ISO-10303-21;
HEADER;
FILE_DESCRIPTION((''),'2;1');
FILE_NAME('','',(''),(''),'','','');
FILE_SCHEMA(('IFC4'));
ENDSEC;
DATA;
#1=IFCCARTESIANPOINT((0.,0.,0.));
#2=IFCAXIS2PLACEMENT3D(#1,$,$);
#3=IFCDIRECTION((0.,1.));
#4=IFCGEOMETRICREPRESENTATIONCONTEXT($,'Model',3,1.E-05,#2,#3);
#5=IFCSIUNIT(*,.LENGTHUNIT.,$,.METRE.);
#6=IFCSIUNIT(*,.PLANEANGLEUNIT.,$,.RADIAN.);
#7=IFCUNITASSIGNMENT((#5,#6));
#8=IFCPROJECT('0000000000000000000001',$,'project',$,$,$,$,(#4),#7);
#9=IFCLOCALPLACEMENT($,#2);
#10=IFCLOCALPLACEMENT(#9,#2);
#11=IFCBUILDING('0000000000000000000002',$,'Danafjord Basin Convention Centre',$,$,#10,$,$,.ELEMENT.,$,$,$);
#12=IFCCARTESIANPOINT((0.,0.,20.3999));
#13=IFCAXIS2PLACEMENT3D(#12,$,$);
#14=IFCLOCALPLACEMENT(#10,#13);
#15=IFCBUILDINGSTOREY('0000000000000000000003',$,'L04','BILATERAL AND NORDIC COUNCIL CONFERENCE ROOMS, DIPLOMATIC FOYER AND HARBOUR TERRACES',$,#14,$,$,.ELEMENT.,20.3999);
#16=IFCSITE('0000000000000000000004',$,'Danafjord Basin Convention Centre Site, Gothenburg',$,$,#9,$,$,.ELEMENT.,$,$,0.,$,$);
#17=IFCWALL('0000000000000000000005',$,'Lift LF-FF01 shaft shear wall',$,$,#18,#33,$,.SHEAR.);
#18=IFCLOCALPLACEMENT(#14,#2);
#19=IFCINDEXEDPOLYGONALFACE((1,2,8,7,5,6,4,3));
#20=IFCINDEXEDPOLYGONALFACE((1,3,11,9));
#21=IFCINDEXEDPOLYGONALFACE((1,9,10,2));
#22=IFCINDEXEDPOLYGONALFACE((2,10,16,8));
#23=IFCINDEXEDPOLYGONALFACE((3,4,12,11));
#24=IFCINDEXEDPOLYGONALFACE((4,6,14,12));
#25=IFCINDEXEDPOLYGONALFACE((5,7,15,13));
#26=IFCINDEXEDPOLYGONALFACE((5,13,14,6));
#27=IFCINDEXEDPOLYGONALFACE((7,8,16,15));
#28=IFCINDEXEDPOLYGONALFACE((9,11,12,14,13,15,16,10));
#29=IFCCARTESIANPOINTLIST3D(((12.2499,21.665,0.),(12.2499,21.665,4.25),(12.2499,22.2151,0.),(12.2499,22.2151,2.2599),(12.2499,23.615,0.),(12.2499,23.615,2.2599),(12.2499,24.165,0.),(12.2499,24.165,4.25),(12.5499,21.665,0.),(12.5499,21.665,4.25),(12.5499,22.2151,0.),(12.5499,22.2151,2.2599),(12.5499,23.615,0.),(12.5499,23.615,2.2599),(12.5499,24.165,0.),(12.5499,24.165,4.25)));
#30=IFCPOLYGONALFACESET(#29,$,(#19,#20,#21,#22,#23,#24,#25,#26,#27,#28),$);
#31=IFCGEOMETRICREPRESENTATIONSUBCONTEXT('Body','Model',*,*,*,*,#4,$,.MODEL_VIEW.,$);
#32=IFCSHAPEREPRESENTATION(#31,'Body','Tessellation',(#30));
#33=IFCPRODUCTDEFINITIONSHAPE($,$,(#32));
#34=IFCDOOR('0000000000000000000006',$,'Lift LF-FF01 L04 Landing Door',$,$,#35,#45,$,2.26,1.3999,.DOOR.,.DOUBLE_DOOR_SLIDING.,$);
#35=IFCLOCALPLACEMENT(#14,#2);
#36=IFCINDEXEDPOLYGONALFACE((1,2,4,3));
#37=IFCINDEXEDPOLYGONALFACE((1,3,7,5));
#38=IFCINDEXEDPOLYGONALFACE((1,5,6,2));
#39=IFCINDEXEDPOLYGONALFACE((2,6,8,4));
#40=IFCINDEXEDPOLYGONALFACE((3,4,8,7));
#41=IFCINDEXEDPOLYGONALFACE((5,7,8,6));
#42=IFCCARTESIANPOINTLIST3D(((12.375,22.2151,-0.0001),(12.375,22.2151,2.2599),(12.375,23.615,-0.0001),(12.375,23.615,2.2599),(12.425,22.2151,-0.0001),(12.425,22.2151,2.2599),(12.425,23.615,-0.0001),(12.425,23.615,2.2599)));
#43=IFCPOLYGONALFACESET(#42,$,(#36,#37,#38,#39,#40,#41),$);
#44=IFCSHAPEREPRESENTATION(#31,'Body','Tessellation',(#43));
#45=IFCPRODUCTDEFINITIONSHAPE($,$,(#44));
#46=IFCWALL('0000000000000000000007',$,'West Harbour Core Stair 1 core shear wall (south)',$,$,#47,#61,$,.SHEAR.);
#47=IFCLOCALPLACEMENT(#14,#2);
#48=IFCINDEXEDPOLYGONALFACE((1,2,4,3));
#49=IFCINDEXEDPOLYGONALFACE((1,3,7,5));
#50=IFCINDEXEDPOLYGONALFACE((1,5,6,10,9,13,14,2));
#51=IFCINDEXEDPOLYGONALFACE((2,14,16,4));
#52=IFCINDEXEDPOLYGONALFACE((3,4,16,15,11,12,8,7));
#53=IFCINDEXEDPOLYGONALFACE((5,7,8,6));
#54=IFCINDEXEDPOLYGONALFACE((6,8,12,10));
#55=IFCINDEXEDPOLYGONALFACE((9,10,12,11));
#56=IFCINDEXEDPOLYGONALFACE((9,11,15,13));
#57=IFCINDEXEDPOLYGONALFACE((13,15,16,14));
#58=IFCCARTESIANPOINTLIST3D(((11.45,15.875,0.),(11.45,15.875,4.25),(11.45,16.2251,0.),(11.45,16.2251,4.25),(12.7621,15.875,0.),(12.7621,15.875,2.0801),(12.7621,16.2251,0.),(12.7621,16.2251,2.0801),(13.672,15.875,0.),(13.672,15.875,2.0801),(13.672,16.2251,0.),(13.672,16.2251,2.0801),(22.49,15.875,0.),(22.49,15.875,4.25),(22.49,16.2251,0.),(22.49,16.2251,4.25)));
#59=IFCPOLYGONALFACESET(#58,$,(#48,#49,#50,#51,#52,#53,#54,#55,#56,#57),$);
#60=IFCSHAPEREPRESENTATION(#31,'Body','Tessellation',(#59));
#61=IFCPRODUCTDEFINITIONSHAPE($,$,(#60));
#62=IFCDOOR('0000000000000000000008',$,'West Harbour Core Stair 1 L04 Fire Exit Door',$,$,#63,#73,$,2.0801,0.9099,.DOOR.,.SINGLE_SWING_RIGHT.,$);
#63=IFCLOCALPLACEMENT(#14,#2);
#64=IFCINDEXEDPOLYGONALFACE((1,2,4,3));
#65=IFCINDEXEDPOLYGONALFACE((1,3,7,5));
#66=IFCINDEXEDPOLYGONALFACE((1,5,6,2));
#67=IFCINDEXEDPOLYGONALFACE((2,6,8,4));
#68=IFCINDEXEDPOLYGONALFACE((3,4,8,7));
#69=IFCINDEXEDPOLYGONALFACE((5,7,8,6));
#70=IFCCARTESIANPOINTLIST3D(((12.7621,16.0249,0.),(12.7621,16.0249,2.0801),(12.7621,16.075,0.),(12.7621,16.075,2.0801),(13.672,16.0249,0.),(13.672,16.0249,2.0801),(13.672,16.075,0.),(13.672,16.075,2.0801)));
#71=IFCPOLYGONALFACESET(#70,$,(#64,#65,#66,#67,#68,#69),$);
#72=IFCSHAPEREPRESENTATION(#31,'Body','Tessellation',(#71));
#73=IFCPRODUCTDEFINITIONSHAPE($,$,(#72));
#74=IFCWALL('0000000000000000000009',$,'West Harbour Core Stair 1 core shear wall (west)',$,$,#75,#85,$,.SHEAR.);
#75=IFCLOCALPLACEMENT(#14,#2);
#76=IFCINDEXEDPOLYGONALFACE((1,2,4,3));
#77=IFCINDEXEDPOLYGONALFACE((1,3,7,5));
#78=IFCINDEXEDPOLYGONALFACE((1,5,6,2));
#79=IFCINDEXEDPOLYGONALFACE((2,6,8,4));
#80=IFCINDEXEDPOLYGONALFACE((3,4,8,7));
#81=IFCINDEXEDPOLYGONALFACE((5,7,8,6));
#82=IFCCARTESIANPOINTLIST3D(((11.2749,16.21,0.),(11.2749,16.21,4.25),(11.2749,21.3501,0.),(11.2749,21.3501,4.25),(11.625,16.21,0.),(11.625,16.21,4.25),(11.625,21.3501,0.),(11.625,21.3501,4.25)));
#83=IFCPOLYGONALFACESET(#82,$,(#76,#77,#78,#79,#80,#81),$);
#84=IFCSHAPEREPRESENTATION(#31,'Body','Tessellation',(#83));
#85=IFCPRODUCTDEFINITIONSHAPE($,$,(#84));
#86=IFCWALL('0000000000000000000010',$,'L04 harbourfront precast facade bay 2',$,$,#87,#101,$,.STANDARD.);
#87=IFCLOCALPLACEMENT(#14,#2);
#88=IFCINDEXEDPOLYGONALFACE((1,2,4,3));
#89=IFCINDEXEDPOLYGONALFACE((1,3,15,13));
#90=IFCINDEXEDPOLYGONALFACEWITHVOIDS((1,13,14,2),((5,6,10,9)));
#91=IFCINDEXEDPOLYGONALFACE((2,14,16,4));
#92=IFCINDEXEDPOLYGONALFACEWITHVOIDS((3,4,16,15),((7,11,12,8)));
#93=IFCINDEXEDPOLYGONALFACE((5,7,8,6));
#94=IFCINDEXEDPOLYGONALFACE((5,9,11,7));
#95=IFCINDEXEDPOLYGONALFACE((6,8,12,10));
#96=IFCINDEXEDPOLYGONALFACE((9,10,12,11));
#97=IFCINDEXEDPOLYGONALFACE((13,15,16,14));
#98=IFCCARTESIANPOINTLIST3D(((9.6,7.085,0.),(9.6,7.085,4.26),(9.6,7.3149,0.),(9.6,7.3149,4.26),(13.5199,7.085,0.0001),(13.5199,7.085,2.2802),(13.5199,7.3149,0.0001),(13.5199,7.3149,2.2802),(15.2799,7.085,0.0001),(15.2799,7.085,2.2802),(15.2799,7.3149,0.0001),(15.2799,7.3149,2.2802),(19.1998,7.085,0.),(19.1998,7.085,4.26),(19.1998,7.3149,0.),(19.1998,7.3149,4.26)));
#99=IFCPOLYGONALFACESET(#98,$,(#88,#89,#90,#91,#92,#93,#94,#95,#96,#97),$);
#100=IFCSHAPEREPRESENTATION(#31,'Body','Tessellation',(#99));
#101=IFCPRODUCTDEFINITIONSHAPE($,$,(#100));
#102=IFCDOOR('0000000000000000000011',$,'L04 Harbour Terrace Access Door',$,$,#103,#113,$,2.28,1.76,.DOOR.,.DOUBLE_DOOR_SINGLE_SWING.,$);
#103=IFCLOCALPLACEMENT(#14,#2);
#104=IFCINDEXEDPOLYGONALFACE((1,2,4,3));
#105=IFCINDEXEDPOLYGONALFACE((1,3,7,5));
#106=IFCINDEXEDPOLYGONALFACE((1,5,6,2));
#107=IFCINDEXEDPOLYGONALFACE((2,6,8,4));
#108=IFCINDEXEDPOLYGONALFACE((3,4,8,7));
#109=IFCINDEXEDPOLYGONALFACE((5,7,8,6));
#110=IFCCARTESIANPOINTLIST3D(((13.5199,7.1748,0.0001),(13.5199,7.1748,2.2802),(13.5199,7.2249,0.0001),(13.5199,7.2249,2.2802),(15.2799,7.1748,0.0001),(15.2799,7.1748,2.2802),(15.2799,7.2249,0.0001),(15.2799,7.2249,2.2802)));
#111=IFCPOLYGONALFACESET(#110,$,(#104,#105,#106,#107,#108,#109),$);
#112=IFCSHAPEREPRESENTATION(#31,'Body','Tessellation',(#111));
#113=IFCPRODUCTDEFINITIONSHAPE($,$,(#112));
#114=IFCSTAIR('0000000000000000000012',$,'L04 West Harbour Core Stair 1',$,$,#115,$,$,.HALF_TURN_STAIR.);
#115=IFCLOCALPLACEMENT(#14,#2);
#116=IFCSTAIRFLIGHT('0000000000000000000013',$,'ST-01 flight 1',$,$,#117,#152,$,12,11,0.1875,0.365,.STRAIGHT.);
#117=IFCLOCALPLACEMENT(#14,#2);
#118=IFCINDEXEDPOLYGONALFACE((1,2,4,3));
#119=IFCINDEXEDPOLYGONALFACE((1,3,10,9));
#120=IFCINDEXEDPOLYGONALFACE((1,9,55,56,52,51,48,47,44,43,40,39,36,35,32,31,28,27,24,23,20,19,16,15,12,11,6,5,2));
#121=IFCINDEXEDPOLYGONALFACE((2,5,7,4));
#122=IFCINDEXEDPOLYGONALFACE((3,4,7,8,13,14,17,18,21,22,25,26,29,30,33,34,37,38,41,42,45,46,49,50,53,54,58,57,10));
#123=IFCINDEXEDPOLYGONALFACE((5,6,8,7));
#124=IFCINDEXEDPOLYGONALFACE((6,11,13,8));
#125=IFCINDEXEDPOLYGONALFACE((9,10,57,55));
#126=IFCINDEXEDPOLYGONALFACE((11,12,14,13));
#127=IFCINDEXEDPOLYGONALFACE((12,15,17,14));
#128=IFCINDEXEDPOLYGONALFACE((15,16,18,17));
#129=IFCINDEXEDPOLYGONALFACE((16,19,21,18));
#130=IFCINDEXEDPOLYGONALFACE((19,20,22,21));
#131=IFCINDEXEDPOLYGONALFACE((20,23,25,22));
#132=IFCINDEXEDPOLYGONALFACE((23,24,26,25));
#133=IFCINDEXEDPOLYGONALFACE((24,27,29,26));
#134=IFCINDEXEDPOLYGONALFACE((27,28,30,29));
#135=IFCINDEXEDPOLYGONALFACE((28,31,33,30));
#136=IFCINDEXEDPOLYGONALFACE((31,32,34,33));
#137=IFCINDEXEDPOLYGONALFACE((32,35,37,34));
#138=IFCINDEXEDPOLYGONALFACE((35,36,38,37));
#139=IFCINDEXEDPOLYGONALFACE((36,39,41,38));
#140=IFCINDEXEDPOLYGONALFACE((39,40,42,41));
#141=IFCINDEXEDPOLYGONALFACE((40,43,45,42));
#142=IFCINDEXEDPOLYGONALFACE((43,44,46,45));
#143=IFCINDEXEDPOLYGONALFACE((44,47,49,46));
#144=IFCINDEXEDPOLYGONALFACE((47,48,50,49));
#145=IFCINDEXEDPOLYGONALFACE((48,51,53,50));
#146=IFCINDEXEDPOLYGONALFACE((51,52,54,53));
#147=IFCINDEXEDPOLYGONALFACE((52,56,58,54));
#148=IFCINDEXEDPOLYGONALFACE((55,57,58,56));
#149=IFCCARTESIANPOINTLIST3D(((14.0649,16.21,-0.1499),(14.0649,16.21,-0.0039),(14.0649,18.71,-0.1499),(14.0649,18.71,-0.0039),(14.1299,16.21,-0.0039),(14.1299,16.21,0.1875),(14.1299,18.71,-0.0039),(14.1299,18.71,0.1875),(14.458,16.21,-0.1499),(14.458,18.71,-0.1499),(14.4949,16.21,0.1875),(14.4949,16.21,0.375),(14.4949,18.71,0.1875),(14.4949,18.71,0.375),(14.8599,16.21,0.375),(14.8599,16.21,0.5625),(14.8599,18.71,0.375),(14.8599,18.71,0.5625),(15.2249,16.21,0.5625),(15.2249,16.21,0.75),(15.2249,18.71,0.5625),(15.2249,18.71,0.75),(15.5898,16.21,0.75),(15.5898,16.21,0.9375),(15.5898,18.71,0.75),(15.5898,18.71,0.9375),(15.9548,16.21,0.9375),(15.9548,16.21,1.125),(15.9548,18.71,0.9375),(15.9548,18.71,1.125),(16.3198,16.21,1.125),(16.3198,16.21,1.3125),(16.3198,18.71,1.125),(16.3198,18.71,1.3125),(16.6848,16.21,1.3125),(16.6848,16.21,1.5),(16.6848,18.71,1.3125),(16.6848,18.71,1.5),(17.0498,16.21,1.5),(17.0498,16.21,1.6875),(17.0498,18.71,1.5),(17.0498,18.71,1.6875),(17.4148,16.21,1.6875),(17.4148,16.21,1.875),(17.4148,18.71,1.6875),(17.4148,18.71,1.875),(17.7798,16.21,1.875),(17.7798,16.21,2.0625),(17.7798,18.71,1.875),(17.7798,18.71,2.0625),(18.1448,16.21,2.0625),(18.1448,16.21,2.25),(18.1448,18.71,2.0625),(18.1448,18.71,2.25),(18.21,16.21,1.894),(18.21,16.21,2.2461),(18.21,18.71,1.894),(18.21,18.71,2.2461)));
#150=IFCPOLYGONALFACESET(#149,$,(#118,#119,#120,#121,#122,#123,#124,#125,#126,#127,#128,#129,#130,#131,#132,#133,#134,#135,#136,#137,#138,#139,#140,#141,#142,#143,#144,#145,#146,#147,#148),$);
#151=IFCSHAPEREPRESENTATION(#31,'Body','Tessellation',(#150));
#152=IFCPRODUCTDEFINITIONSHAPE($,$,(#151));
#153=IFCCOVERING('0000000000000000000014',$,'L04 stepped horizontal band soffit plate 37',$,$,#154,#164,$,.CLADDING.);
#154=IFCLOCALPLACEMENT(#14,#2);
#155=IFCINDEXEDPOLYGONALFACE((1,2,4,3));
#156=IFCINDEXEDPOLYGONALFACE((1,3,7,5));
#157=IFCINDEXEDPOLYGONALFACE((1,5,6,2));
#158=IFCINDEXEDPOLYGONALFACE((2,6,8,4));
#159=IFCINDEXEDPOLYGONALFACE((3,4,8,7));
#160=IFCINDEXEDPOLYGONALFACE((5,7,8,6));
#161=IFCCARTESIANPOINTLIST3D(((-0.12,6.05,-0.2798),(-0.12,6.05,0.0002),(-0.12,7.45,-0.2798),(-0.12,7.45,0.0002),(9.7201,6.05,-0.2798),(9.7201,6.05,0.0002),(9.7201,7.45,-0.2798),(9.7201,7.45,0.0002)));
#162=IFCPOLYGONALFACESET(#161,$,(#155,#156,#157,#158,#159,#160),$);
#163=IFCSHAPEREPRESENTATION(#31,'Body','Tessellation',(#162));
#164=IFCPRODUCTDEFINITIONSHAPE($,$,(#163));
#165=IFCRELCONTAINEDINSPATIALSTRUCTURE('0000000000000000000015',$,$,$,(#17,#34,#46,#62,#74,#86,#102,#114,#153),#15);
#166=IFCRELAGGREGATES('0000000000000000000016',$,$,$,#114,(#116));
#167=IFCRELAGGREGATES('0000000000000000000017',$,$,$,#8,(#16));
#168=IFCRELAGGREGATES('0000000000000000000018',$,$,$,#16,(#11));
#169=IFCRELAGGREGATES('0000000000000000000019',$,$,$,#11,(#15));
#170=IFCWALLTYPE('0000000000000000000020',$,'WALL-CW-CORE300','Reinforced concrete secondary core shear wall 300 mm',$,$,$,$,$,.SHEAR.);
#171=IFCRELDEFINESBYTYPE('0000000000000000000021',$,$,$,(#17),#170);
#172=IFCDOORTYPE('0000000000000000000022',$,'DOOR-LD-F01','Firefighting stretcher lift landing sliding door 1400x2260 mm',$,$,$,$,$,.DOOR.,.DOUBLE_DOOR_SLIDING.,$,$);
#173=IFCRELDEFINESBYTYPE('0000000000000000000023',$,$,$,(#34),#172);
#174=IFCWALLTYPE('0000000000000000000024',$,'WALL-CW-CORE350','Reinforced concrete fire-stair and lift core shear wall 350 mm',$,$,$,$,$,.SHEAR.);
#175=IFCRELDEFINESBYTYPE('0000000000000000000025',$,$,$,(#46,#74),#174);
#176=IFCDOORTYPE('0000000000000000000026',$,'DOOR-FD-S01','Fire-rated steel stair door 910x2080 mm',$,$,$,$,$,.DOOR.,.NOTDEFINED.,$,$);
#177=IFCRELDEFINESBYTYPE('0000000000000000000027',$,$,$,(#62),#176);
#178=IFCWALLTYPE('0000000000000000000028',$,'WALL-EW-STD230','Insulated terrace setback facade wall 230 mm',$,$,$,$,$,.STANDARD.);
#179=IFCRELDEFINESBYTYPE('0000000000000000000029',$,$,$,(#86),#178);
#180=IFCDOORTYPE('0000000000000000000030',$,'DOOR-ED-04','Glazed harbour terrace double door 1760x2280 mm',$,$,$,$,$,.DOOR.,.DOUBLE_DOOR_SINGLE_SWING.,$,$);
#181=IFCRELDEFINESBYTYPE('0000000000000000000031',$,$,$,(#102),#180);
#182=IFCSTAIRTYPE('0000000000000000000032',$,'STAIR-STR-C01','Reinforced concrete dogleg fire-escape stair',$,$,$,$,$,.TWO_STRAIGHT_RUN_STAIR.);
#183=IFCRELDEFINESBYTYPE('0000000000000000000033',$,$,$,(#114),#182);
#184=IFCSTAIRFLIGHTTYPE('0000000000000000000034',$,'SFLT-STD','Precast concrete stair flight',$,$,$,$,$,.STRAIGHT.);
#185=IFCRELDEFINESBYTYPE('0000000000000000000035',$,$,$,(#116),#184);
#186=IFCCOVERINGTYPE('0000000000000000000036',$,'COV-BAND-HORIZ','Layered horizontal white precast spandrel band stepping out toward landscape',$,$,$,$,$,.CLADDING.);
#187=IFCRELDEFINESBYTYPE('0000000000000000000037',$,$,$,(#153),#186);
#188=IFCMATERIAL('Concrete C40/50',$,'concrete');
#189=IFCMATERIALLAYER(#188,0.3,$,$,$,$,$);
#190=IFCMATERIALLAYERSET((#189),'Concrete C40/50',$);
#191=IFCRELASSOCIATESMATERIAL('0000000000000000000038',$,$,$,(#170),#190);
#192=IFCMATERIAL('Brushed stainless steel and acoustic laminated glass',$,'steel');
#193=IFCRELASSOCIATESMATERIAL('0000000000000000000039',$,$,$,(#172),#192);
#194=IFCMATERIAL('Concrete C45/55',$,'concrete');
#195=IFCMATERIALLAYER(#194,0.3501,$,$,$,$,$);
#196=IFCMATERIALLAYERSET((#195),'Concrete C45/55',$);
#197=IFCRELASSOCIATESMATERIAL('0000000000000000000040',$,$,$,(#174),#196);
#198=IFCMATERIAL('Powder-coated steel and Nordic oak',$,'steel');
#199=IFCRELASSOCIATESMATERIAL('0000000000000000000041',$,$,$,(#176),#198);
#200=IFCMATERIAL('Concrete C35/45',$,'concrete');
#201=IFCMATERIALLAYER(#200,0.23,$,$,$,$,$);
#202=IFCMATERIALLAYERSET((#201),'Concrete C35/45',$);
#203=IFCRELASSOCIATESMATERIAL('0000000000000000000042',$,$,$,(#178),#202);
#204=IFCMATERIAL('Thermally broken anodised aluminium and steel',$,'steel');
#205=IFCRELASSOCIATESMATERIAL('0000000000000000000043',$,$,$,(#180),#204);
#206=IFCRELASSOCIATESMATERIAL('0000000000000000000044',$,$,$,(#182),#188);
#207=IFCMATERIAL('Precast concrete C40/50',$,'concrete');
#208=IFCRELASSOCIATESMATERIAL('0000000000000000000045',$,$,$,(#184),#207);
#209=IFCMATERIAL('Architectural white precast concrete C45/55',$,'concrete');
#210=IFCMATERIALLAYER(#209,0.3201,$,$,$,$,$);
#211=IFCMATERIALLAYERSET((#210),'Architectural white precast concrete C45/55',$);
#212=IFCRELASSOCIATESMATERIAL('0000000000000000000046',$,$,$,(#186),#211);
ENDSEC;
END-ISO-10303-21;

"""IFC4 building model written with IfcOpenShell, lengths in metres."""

from ifc_helpers import new_model, si_unit, direction, frame, frame_2d, origin, origin_2d, place, context, subcontext, project, spatial, polyline, rectangle, outline, extrude, material, layer, layer_set, type_object, element, fill, aggregate, save


model = new_model("IFC4")

# Units and contexts
model_context = context("Model", 3, precision=1e-05, world=origin(), true_north=direction((0.0, 1.0)))
body_context = subcontext(model_context, "Body", "Model", "MODEL_VIEW")
ifc_project = project(units=[si_unit("LENGTHUNIT", "METRE"), si_unit("PLANEANGLEUNIT", "RADIAN")], contexts=[model_context])

# Site, building, storey
site_placement = place(None, origin())
site = spatial("IfcSite", under=ifc_project, at=site_placement, Name="Danafjord Basin Convention Centre Site, Gothenburg", CompositionType="ELEMENT", RefElevation=0.0)
building_placement = place(site_placement, origin())
building = spatial("IfcBuilding", under=site, at=building_placement, Name="Danafjord Basin Convention Centre", CompositionType="ELEMENT")
storey_placement = place(building_placement, frame((0.0, 0.0, 20.3999)))
storey = spatial("IfcBuildingStorey", under=building, at=storey_placement, Name="L04", Description="BILATERAL AND NORDIC COUNCIL CONFERENCE ROOMS, DIPLOMATIC FOYER AND HARBOUR TERRACES", CompositionType="ELEMENT", Elevation=20.3999)

# Shared definitions
ifc_material_1 = material(Name="Concrete C40/50", Category="concrete")
ifc_layer_1 = layer(ifc_material_1, 0.3)
ifc_layer_set_1 = layer_set([ifc_layer_1], Name="Concrete C40/50")
wall_type_1 = type_object("IfcWallType", Name="WALL-CW-CORE300", Description="Reinforced concrete secondary core shear wall 300 mm", PredefinedType="SHEAR", material=ifc_layer_set_1)

# Walls, openings, doors
wall_1_placement = place(storey_placement, frame((12.3999, 21.665, 0.0), z_axis=(0.0, 0.0, 1.0), x_axis=(0.0, 1.0, 0.0)))
wall_1 = element("IfcWall", 1, at=wall_1_placement, inside=storey, type_object=wall_type_1, Name="Lift LF-FF01 shaft shear wall", PredefinedType="SHEAR", context=body_context, shape_type="SweptSolid", body=[
    extrude(rectangle(XDim=2.5, YDim=0.3, at=frame_2d((1.25, 0.0))), origin(), (0.0, 0.0, 1.0), 4.25),
])
opening_1_placement = place(wall_1_placement, frame((0.55, 0.0, 0.0)))
opening_1 = element("IfcOpeningElement", 2, at=opening_1_placement, cuts=wall_1, PredefinedType="OPENING", context=body_context, shape_type="SweptSolid", body=[
    extrude(rectangle(XDim=1.3999, YDim=2.26, at=frame_2d((0.7, 1.1299))), frame((0.0, 0.1599, 0.0), z_axis=(0.0, -1.0, 0.0), x_axis=(1.0, 0.0, 0.0)), (0.0, 0.0, 1.0), 0.3201),
])
ifc_material_2 = material(Name="Brushed stainless steel and acoustic laminated glass", Category="steel")
door_type_1 = type_object("IfcDoorType", Name="DOOR-LD-F01", Description="Firefighting stretcher lift landing sliding door 1400x2260 mm", OperationType="DOUBLE_DOOR_SLIDING", PredefinedType="DOOR", material=ifc_material_2)
door_1_placement = place(opening_1_placement, origin())
door_1 = element("IfcDoor", 3, at=door_1_placement, inside=storey, type_object=door_type_1, Name="Lift LF-FF01 L04 Landing Door", OperationType="DOUBLE_DOOR_SLIDING", OverallHeight=2.26, OverallWidth=1.3999, PredefinedType="DOOR", context=body_context, shape_type="SweptSolid", body=[
    extrude(rectangle(XDim=1.3999, YDim=2.26, at=frame_2d((0.7, 1.1299))), frame((0.0, 0.0249, 0.0), z_axis=(0.0, -1.0, 0.0), x_axis=(1.0, 0.0, 0.0)), (0.0, 0.0, 1.0), 0.05),
])
fill(opening_1, door_1)
ifc_material_3 = material(Name="Concrete C45/55", Category="concrete")
ifc_layer_2 = layer(ifc_material_3, 0.3501)
ifc_layer_set_2 = layer_set([ifc_layer_2], Name="Concrete C45/55")
wall_type_2 = type_object("IfcWallType", Name="WALL-CW-CORE350", Description="Reinforced concrete fire-stair and lift core shear wall 350 mm", PredefinedType="SHEAR", material=ifc_layer_set_2)
wall_2_placement = place(storey_placement, frame((11.45, 16.05, 0.0), z_axis=(0.0, 0.0, 1.0), x_axis=(1.0, 0.0, 0.0)))
wall_2 = element("IfcWall", 4, at=wall_2_placement, inside=storey, type_object=wall_type_2, Name="West Harbour Core Stair 1 core shear wall (south)", PredefinedType="SHEAR", context=body_context, shape_type="SweptSolid", body=[
    extrude(rectangle(XDim=11.04, YDim=0.3501, at=frame_2d((5.52, 0.0))), origin(), (0.0, 0.0, 1.0), 4.25),
])
opening_2_placement = place(wall_2_placement, frame((1.312, 0.0, 0.0)))
opening_2 = element("IfcOpeningElement", 5, at=opening_2_placement, cuts=wall_2, PredefinedType="OPENING", context=body_context, shape_type="SweptSolid", body=[
    extrude(rectangle(XDim=0.9099, YDim=2.0801, at=frame_2d((0.4551, 1.04))), frame((0.0, 0.1851, 0.0), z_axis=(0.0, -1.0, 0.0), x_axis=(1.0, 0.0, 0.0)), (0.0, 0.0, 1.0), 0.3701),
])
ifc_material_4 = material(Name="Powder-coated steel and Nordic oak", Category="steel")
door_type_2 = type_object("IfcDoorType", Name="DOOR-FD-S01", Description="Fire-rated steel stair door 910x2080 mm", OperationType="NOTDEFINED", PredefinedType="DOOR", material=ifc_material_4)
door_2_placement = place(opening_2_placement, origin())
door_2 = element("IfcDoor", 6, at=door_2_placement, inside=storey, type_object=door_type_2, Name="West Harbour Core Stair 1 L04 Fire Exit Door", OperationType="SINGLE_SWING_RIGHT", OverallHeight=2.0801, OverallWidth=0.9099, PredefinedType="DOOR", context=body_context, shape_type="SweptSolid", body=[
    extrude(rectangle(XDim=0.9099, YDim=2.0801, at=frame_2d((0.4551, 1.04))), frame((0.0, 0.0249, 0.0), z_axis=(0.0, -1.0, 0.0), x_axis=(1.0, 0.0, 0.0)), (0.0, 0.0, 1.0), 0.05),
])
fill(opening_2, door_2)

# Wall
wall_3_placement = place(storey_placement, frame((11.45, 21.3501, 0.0), z_axis=(0.0, 0.0, 1.0), x_axis=(0.0, -1.0, 0.0)))
element("IfcWall", 7, at=wall_3_placement, inside=storey, type_object=wall_type_2, Name="West Harbour Core Stair 1 core shear wall (west)", PredefinedType="SHEAR", context=body_context, shape_type="SweptSolid", body=[
    extrude(rectangle(XDim=5.1401, YDim=0.3501, at=frame_2d((2.5701, 0.0))), origin(), (0.0, 0.0, 1.0), 4.25),
])

# Wall, opening, door
ifc_material_5 = material(Name="Concrete C35/45", Category="concrete")
ifc_layer_3 = layer(ifc_material_5, 0.23)
ifc_layer_set_3 = layer_set([ifc_layer_3], Name="Concrete C35/45")
wall_type_3 = type_object("IfcWallType", Name="WALL-EW-STD230", Description="Insulated terrace setback facade wall 230 mm", PredefinedType="STANDARD", material=ifc_layer_set_3)
wall_4_placement = place(storey_placement, frame((9.6001, 7.2, 0.0), z_axis=(0.0, 0.0, 1.0), x_axis=(1.0, 0.0, 0.0)))
wall_4 = element("IfcWall", 8, at=wall_4_placement, inside=storey, type_object=wall_type_3, Name="L04 harbourfront precast facade bay 2", PredefinedType="STANDARD", context=body_context, shape_type="SweptSolid", body=[
    extrude(rectangle(XDim=9.5999, YDim=0.23, at=frame_2d((4.7998, 0.0))), origin(), (0.0, 0.0, 1.0), 4.26),
])
opening_3_placement = place(wall_4_placement, frame((3.9199, 0.0, 0.0)))
opening_3 = element("IfcOpeningElement", 9, at=opening_3_placement, cuts=wall_4, PredefinedType="OPENING", context=body_context, shape_type="SweptSolid", body=[
    extrude(rectangle(XDim=1.76, YDim=2.28, at=frame_2d((0.8799, 1.1401))), frame((0.0, 0.125, 0.0), z_axis=(0.0, -1.0, 0.0), x_axis=(1.0, 0.0, 0.0)), (0.0, 0.0, 1.0), 0.25),
])
ifc_material_6 = material(Name="Thermally broken anodised aluminium and steel", Category="steel")
door_type_3 = type_object("IfcDoorType", Name="DOOR-ED-04", Description="Glazed harbour terrace double door 1760x2280 mm", OperationType="DOUBLE_DOOR_SINGLE_SWING", PredefinedType="DOOR", material=ifc_material_6)
door_3_placement = place(opening_3_placement, origin())
door_3 = element("IfcDoor", 10, at=door_3_placement, inside=storey, type_object=door_type_3, Name="L04 Harbour Terrace Access Door", OperationType="DOUBLE_DOOR_SINGLE_SWING", OverallHeight=2.28, OverallWidth=1.76, PredefinedType="DOOR", context=body_context, shape_type="SweptSolid", body=[
    extrude(rectangle(XDim=1.76, YDim=2.28, at=frame_2d((0.8799, 1.1401))), frame((0.0, 0.0249, 0.0), z_axis=(0.0, -1.0, 0.0), x_axis=(1.0, 0.0, 0.0)), (0.0, 0.0, 1.0), 0.05),
])
fill(opening_3, door_3)

# Stair, stair flight
stair_type = type_object("IfcStairType", Name="STAIR-STR-C01", Description="Reinforced concrete dogleg fire-escape stair", PredefinedType="TWO_STRAIGHT_RUN_STAIR", material=ifc_material_1)
stair_placement = place(storey_placement, origin())
stair = element("IfcStair", 11, at=stair_placement, inside=storey, type_object=stair_type, Name="L04 West Harbour Core Stair 1", PredefinedType="HALF_TURN_STAIR")
ifc_material_7 = material(Name="Precast concrete C40/50", Category="concrete")
stair_flight_type = type_object("IfcStairFlightType", Name="SFLT-STD", Description="Precast concrete stair flight", PredefinedType="STRAIGHT", material=ifc_material_7)
stair_flight_placement = place(storey_placement, frame((14.1299, 17.46, 0.0), z_axis=(0.0, 0.0, 1.0), x_axis=(1.0, 0.0, 0.0)))
stair_flight = element("IfcStairFlight", 12, at=stair_flight_placement, type_object=stair_flight_type, Name="ST-01 flight 1", NumberOfRisers=12, NumberOfTreads=11, PredefinedType="STRAIGHT", RiserHeight=0.1875, TreadLength=0.365, context=body_context, shape_type="SweptSolid", body=[
    extrude(outline(polyline([(-0.0649, -0.1499), (-0.0649, -0.0039), (0.0, -0.0039), (0.0, 0.1875), (0.365, 0.1875), (0.365, 0.375), (0.73, 0.375), (0.73, 0.5625), (1.095, 0.5625), (1.095, 0.75), (1.46, 0.75), (1.46, 0.9375), (1.825, 0.9375), (1.825, 1.125), (2.1899, 1.125), (2.1899, 1.3125), (2.5549, 1.3125), (2.5549, 1.5), (2.9199, 1.5), (2.9199, 1.6875), (3.2849, 1.6875), (3.2849, 1.875), (3.6499, 1.875), (3.6499, 2.0625), (4.0149, 2.0625), (4.0149, 2.25), (4.0801, 2.2461), (4.0801, 1.894), (0.3281, -0.1499), (-0.0649, -0.1499)])), frame((0.0, 1.25, 0.0), z_axis=(0.0, -1.0, 0.0), x_axis=(1.0, 0.0, 0.0)), (0.0, 0.0, 1.0), 2.5),
])
aggregate(stair, [stair_flight])

# Covering
ifc_material_8 = material(Name="Architectural white precast concrete C45/55", Category="concrete")
ifc_layer_4 = layer(ifc_material_8, 0.3201)
ifc_layer_set_4 = layer_set([ifc_layer_4], Name="Architectural white precast concrete C45/55")
covering_type = type_object("IfcCoveringType", Name="COV-BAND-HORIZ", Description="Layered horizontal white precast spandrel band stepping out toward landscape", PredefinedType="CLADDING", material=ifc_layer_set_4)
covering_placement = place(storey_placement, frame((4.8, 6.75, -0.2798), z_axis=(0.0, 0.0, 1.0), x_axis=(1.0, 0.0, 0.0)))
element("IfcCovering", 13, at=covering_placement, inside=storey, type_object=covering_type, Name="L04 stepped horizontal band soffit plate 37", PredefinedType="CLADDING", context=body_context, shape_type="SweptSolid", body=[
    extrude(rectangle(XDim=9.8401, YDim=1.3999, at=origin_2d()), origin(), (0.0, 0.0, 1.0), 0.28),
])

save(model, "model.ifc")
